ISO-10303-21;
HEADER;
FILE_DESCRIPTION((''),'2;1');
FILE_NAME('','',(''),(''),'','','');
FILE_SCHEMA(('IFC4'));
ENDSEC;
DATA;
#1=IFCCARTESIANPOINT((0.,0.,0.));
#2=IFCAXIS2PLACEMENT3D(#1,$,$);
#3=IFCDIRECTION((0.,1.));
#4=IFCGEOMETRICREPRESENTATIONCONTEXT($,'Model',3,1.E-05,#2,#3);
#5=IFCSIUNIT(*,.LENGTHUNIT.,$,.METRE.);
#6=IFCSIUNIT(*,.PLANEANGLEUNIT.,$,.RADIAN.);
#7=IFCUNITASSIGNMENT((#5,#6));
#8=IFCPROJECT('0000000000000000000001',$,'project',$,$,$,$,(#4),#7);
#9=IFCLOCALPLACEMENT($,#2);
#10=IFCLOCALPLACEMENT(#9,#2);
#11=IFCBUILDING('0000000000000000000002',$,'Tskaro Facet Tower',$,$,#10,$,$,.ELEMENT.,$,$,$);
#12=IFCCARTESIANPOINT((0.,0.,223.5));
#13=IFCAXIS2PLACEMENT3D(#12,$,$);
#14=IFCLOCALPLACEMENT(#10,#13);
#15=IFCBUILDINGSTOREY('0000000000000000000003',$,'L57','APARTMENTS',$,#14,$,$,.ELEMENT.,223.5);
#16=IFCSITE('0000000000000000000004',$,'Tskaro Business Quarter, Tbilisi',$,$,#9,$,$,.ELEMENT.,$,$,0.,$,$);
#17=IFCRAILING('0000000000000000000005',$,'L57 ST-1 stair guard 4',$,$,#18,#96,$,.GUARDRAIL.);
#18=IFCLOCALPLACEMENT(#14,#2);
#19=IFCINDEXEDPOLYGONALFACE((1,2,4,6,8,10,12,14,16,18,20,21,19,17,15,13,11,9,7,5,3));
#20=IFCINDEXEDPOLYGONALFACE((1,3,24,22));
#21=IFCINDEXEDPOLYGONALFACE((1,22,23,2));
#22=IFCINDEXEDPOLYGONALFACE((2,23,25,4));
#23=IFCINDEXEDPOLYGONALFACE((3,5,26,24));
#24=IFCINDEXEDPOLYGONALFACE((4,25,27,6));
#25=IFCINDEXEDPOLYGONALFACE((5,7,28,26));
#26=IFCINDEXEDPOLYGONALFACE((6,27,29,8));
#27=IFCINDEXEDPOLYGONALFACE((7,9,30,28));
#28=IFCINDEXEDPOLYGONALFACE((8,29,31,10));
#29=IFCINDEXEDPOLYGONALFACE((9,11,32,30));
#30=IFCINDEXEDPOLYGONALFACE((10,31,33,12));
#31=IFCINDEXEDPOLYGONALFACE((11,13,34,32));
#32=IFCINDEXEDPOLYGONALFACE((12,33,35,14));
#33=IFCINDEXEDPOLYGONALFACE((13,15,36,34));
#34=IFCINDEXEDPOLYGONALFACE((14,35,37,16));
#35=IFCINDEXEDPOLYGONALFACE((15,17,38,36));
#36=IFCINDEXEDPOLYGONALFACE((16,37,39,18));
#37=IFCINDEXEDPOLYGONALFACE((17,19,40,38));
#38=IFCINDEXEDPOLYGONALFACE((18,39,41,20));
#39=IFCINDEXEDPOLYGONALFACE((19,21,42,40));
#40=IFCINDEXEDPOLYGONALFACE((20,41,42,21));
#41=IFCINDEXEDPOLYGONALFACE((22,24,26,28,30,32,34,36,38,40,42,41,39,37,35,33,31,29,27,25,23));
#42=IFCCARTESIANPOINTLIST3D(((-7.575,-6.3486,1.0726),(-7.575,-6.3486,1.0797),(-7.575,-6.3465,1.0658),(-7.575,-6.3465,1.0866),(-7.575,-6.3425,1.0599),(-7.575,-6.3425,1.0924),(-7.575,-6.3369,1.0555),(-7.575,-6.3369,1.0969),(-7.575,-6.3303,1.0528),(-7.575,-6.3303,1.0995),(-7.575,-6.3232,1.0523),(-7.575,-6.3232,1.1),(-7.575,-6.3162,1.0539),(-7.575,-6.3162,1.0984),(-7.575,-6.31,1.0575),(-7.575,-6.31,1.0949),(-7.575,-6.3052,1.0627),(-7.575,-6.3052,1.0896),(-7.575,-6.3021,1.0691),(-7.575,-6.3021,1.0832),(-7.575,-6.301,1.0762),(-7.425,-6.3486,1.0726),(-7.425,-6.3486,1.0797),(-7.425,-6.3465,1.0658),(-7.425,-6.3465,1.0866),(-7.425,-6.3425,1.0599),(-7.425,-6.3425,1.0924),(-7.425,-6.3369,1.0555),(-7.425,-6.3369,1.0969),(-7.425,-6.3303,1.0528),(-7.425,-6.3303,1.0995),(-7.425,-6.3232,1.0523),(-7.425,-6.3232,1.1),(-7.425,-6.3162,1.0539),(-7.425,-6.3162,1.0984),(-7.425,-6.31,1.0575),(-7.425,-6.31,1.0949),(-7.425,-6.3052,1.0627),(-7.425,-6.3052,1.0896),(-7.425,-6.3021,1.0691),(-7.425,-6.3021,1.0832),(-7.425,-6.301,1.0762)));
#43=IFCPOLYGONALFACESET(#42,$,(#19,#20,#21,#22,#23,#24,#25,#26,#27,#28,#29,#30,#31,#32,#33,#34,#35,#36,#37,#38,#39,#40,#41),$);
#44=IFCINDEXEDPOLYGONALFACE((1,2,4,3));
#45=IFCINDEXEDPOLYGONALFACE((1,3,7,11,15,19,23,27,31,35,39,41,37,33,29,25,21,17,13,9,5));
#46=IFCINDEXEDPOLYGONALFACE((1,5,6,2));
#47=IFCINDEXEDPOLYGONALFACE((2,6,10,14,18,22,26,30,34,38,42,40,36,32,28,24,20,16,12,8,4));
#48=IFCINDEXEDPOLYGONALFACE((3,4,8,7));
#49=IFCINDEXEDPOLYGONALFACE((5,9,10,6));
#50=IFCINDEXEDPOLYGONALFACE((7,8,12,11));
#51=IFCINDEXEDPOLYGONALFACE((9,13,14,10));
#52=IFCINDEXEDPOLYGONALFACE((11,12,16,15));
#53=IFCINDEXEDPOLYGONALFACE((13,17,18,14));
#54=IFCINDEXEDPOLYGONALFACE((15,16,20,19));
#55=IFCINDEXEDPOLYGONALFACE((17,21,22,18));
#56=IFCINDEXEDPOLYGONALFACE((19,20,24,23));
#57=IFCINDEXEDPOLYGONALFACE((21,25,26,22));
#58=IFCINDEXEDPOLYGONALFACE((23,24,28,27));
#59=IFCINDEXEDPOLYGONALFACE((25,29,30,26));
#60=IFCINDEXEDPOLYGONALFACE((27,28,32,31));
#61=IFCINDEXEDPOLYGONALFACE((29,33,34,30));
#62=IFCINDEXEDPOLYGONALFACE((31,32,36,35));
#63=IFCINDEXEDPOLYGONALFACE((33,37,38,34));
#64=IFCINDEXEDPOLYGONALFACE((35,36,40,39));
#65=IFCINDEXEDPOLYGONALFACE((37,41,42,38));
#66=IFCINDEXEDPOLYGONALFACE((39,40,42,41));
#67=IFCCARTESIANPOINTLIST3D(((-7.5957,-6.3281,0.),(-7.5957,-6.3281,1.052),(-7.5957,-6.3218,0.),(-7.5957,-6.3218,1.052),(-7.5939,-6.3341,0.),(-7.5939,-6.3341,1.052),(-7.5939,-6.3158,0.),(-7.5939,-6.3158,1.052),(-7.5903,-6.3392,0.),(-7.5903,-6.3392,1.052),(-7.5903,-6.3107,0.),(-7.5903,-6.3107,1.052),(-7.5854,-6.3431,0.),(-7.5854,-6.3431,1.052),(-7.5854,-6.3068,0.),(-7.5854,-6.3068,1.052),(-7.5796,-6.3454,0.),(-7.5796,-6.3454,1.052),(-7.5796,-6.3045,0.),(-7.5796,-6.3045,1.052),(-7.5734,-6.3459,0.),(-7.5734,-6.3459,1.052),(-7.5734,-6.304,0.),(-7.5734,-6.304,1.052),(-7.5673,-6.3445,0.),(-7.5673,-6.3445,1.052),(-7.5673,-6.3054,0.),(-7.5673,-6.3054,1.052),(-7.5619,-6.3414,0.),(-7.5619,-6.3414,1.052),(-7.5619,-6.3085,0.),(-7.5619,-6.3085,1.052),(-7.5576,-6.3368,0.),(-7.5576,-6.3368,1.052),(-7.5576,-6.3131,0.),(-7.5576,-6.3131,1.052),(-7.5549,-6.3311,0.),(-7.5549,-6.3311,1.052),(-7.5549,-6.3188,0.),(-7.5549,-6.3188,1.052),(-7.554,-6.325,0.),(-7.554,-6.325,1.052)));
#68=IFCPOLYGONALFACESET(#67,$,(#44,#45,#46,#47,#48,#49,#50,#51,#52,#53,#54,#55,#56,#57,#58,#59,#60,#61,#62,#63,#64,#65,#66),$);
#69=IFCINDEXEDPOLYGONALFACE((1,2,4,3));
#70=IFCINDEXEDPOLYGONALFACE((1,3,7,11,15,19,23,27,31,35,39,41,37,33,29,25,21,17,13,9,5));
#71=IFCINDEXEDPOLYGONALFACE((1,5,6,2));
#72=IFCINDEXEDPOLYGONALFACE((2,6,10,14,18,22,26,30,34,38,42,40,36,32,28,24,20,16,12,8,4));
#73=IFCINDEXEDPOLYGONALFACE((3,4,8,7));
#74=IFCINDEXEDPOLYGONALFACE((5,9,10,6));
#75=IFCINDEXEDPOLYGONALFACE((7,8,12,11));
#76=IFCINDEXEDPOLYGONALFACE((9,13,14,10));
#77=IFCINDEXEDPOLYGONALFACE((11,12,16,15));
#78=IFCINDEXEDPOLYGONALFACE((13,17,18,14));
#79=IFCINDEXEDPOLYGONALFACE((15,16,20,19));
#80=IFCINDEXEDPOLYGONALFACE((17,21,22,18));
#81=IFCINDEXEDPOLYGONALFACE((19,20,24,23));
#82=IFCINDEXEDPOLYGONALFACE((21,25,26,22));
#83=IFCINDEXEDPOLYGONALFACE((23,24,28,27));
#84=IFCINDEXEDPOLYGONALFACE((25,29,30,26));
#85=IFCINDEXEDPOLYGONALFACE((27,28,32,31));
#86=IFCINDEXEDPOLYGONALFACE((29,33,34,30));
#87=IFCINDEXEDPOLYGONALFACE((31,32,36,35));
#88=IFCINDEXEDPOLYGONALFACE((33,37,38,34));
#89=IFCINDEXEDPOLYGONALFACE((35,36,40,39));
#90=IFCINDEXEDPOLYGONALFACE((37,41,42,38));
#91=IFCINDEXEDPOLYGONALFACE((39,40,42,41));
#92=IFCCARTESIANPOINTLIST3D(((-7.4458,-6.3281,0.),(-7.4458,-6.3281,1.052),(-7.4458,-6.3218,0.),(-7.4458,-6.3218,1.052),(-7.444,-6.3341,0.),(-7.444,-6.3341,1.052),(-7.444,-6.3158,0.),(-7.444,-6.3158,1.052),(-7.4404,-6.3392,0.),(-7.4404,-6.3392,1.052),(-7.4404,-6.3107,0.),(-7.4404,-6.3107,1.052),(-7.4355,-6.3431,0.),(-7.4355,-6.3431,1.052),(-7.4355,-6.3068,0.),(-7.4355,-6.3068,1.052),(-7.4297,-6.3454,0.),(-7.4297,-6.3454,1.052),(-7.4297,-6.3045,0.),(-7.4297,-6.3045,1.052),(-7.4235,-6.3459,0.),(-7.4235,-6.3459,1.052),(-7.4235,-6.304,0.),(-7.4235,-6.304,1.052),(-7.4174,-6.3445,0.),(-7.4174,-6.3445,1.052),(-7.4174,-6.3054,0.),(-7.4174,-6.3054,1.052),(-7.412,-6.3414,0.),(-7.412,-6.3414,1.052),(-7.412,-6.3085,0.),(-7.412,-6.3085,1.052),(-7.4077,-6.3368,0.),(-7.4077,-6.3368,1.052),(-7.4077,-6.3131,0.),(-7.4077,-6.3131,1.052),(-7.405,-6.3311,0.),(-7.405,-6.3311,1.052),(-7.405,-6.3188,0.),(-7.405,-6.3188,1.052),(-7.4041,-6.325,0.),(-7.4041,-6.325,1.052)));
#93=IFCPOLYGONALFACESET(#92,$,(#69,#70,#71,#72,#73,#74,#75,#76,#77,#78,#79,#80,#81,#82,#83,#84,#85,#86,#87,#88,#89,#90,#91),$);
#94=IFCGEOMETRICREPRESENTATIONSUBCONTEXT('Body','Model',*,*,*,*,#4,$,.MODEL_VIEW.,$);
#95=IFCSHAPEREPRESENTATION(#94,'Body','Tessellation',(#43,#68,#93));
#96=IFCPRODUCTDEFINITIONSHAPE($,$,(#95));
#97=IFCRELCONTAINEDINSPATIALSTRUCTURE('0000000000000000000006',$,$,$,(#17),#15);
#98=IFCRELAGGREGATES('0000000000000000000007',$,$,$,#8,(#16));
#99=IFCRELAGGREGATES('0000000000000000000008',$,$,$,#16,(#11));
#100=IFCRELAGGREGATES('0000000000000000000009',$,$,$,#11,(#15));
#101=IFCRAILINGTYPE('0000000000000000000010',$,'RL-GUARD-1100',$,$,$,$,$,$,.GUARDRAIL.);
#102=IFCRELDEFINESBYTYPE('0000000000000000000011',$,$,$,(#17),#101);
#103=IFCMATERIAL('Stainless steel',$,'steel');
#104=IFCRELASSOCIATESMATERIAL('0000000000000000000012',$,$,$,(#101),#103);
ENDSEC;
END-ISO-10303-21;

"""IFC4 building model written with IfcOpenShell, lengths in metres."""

from ifc_helpers import new_model, si_unit, direction, frame, origin, origin_2d, place, context, subcontext, project, spatial, circle, extrude, material, type_object, element, save


model = new_model("IFC4")

# Units and contexts
model_context = context("Model", 3, precision=1e-05, world=origin(), true_north=direction((0.0, 1.0)))
body_context = subcontext(model_context, "Body", "Model", "MODEL_VIEW")
ifc_project = project(units=[si_unit("LENGTHUNIT", "METRE"), si_unit("PLANEANGLEUNIT", "RADIAN")], contexts=[model_context])

# Site, building, storey
site_placement = place(None, origin())
site = spatial("IfcSite", under=ifc_project, at=site_placement, Name="Tskaro Business Quarter, Tbilisi", CompositionType="ELEMENT", RefElevation=0.0)
building_placement = place(site_placement, origin())
building = spatial("IfcBuilding", under=site, at=building_placement, Name="Tskaro Facet Tower", CompositionType="ELEMENT")
storey_placement = place(building_placement, frame((0.0, 0.0, 223.5)))
storey = spatial("IfcBuildingStorey", under=building, at=storey_placement, Name="L57", Description="APARTMENTS", CompositionType="ELEMENT", Elevation=223.5)

# Shared definitions
ifc_material_1 = material(Name="Stainless steel", Category="steel")

# Railing
railing_type_1 = type_object("IfcRailingType", Name="RL-GUARD-1100", PredefinedType="GUARDRAIL", material=ifc_material_1)
railing_1_placement = place(storey_placement, frame((-7.575, -6.325, 0.0)))
element("IfcRailing", 1, at=railing_1_placement, inside=storey, type_object=railing_type_1, Name="L57 ST-1 stair guard 4", PredefinedType="GUARDRAIL", context=body_context, shape_type="SweptSolid", body=[
    extrude(circle(Radius=0.0239, at=origin_2d()), frame((0.0, 0.0, 1.0762), z_axis=(1.0, 0.0, 0.0), x_axis=(0.0, 1.0, 0.0)), (0.0, 0.0, 1.0), 0.1499),
    extrude(circle(Radius=0.021, at=origin_2d()), origin(), (0.0, 0.0, 1.0), 1.052),
    extrude(circle(Radius=0.021, at=origin_2d()), frame((0.1499, 0.0, 0.0)), (0.0, 0.0, 1.0), 1.052),
])

save(model, "model.ifc")
